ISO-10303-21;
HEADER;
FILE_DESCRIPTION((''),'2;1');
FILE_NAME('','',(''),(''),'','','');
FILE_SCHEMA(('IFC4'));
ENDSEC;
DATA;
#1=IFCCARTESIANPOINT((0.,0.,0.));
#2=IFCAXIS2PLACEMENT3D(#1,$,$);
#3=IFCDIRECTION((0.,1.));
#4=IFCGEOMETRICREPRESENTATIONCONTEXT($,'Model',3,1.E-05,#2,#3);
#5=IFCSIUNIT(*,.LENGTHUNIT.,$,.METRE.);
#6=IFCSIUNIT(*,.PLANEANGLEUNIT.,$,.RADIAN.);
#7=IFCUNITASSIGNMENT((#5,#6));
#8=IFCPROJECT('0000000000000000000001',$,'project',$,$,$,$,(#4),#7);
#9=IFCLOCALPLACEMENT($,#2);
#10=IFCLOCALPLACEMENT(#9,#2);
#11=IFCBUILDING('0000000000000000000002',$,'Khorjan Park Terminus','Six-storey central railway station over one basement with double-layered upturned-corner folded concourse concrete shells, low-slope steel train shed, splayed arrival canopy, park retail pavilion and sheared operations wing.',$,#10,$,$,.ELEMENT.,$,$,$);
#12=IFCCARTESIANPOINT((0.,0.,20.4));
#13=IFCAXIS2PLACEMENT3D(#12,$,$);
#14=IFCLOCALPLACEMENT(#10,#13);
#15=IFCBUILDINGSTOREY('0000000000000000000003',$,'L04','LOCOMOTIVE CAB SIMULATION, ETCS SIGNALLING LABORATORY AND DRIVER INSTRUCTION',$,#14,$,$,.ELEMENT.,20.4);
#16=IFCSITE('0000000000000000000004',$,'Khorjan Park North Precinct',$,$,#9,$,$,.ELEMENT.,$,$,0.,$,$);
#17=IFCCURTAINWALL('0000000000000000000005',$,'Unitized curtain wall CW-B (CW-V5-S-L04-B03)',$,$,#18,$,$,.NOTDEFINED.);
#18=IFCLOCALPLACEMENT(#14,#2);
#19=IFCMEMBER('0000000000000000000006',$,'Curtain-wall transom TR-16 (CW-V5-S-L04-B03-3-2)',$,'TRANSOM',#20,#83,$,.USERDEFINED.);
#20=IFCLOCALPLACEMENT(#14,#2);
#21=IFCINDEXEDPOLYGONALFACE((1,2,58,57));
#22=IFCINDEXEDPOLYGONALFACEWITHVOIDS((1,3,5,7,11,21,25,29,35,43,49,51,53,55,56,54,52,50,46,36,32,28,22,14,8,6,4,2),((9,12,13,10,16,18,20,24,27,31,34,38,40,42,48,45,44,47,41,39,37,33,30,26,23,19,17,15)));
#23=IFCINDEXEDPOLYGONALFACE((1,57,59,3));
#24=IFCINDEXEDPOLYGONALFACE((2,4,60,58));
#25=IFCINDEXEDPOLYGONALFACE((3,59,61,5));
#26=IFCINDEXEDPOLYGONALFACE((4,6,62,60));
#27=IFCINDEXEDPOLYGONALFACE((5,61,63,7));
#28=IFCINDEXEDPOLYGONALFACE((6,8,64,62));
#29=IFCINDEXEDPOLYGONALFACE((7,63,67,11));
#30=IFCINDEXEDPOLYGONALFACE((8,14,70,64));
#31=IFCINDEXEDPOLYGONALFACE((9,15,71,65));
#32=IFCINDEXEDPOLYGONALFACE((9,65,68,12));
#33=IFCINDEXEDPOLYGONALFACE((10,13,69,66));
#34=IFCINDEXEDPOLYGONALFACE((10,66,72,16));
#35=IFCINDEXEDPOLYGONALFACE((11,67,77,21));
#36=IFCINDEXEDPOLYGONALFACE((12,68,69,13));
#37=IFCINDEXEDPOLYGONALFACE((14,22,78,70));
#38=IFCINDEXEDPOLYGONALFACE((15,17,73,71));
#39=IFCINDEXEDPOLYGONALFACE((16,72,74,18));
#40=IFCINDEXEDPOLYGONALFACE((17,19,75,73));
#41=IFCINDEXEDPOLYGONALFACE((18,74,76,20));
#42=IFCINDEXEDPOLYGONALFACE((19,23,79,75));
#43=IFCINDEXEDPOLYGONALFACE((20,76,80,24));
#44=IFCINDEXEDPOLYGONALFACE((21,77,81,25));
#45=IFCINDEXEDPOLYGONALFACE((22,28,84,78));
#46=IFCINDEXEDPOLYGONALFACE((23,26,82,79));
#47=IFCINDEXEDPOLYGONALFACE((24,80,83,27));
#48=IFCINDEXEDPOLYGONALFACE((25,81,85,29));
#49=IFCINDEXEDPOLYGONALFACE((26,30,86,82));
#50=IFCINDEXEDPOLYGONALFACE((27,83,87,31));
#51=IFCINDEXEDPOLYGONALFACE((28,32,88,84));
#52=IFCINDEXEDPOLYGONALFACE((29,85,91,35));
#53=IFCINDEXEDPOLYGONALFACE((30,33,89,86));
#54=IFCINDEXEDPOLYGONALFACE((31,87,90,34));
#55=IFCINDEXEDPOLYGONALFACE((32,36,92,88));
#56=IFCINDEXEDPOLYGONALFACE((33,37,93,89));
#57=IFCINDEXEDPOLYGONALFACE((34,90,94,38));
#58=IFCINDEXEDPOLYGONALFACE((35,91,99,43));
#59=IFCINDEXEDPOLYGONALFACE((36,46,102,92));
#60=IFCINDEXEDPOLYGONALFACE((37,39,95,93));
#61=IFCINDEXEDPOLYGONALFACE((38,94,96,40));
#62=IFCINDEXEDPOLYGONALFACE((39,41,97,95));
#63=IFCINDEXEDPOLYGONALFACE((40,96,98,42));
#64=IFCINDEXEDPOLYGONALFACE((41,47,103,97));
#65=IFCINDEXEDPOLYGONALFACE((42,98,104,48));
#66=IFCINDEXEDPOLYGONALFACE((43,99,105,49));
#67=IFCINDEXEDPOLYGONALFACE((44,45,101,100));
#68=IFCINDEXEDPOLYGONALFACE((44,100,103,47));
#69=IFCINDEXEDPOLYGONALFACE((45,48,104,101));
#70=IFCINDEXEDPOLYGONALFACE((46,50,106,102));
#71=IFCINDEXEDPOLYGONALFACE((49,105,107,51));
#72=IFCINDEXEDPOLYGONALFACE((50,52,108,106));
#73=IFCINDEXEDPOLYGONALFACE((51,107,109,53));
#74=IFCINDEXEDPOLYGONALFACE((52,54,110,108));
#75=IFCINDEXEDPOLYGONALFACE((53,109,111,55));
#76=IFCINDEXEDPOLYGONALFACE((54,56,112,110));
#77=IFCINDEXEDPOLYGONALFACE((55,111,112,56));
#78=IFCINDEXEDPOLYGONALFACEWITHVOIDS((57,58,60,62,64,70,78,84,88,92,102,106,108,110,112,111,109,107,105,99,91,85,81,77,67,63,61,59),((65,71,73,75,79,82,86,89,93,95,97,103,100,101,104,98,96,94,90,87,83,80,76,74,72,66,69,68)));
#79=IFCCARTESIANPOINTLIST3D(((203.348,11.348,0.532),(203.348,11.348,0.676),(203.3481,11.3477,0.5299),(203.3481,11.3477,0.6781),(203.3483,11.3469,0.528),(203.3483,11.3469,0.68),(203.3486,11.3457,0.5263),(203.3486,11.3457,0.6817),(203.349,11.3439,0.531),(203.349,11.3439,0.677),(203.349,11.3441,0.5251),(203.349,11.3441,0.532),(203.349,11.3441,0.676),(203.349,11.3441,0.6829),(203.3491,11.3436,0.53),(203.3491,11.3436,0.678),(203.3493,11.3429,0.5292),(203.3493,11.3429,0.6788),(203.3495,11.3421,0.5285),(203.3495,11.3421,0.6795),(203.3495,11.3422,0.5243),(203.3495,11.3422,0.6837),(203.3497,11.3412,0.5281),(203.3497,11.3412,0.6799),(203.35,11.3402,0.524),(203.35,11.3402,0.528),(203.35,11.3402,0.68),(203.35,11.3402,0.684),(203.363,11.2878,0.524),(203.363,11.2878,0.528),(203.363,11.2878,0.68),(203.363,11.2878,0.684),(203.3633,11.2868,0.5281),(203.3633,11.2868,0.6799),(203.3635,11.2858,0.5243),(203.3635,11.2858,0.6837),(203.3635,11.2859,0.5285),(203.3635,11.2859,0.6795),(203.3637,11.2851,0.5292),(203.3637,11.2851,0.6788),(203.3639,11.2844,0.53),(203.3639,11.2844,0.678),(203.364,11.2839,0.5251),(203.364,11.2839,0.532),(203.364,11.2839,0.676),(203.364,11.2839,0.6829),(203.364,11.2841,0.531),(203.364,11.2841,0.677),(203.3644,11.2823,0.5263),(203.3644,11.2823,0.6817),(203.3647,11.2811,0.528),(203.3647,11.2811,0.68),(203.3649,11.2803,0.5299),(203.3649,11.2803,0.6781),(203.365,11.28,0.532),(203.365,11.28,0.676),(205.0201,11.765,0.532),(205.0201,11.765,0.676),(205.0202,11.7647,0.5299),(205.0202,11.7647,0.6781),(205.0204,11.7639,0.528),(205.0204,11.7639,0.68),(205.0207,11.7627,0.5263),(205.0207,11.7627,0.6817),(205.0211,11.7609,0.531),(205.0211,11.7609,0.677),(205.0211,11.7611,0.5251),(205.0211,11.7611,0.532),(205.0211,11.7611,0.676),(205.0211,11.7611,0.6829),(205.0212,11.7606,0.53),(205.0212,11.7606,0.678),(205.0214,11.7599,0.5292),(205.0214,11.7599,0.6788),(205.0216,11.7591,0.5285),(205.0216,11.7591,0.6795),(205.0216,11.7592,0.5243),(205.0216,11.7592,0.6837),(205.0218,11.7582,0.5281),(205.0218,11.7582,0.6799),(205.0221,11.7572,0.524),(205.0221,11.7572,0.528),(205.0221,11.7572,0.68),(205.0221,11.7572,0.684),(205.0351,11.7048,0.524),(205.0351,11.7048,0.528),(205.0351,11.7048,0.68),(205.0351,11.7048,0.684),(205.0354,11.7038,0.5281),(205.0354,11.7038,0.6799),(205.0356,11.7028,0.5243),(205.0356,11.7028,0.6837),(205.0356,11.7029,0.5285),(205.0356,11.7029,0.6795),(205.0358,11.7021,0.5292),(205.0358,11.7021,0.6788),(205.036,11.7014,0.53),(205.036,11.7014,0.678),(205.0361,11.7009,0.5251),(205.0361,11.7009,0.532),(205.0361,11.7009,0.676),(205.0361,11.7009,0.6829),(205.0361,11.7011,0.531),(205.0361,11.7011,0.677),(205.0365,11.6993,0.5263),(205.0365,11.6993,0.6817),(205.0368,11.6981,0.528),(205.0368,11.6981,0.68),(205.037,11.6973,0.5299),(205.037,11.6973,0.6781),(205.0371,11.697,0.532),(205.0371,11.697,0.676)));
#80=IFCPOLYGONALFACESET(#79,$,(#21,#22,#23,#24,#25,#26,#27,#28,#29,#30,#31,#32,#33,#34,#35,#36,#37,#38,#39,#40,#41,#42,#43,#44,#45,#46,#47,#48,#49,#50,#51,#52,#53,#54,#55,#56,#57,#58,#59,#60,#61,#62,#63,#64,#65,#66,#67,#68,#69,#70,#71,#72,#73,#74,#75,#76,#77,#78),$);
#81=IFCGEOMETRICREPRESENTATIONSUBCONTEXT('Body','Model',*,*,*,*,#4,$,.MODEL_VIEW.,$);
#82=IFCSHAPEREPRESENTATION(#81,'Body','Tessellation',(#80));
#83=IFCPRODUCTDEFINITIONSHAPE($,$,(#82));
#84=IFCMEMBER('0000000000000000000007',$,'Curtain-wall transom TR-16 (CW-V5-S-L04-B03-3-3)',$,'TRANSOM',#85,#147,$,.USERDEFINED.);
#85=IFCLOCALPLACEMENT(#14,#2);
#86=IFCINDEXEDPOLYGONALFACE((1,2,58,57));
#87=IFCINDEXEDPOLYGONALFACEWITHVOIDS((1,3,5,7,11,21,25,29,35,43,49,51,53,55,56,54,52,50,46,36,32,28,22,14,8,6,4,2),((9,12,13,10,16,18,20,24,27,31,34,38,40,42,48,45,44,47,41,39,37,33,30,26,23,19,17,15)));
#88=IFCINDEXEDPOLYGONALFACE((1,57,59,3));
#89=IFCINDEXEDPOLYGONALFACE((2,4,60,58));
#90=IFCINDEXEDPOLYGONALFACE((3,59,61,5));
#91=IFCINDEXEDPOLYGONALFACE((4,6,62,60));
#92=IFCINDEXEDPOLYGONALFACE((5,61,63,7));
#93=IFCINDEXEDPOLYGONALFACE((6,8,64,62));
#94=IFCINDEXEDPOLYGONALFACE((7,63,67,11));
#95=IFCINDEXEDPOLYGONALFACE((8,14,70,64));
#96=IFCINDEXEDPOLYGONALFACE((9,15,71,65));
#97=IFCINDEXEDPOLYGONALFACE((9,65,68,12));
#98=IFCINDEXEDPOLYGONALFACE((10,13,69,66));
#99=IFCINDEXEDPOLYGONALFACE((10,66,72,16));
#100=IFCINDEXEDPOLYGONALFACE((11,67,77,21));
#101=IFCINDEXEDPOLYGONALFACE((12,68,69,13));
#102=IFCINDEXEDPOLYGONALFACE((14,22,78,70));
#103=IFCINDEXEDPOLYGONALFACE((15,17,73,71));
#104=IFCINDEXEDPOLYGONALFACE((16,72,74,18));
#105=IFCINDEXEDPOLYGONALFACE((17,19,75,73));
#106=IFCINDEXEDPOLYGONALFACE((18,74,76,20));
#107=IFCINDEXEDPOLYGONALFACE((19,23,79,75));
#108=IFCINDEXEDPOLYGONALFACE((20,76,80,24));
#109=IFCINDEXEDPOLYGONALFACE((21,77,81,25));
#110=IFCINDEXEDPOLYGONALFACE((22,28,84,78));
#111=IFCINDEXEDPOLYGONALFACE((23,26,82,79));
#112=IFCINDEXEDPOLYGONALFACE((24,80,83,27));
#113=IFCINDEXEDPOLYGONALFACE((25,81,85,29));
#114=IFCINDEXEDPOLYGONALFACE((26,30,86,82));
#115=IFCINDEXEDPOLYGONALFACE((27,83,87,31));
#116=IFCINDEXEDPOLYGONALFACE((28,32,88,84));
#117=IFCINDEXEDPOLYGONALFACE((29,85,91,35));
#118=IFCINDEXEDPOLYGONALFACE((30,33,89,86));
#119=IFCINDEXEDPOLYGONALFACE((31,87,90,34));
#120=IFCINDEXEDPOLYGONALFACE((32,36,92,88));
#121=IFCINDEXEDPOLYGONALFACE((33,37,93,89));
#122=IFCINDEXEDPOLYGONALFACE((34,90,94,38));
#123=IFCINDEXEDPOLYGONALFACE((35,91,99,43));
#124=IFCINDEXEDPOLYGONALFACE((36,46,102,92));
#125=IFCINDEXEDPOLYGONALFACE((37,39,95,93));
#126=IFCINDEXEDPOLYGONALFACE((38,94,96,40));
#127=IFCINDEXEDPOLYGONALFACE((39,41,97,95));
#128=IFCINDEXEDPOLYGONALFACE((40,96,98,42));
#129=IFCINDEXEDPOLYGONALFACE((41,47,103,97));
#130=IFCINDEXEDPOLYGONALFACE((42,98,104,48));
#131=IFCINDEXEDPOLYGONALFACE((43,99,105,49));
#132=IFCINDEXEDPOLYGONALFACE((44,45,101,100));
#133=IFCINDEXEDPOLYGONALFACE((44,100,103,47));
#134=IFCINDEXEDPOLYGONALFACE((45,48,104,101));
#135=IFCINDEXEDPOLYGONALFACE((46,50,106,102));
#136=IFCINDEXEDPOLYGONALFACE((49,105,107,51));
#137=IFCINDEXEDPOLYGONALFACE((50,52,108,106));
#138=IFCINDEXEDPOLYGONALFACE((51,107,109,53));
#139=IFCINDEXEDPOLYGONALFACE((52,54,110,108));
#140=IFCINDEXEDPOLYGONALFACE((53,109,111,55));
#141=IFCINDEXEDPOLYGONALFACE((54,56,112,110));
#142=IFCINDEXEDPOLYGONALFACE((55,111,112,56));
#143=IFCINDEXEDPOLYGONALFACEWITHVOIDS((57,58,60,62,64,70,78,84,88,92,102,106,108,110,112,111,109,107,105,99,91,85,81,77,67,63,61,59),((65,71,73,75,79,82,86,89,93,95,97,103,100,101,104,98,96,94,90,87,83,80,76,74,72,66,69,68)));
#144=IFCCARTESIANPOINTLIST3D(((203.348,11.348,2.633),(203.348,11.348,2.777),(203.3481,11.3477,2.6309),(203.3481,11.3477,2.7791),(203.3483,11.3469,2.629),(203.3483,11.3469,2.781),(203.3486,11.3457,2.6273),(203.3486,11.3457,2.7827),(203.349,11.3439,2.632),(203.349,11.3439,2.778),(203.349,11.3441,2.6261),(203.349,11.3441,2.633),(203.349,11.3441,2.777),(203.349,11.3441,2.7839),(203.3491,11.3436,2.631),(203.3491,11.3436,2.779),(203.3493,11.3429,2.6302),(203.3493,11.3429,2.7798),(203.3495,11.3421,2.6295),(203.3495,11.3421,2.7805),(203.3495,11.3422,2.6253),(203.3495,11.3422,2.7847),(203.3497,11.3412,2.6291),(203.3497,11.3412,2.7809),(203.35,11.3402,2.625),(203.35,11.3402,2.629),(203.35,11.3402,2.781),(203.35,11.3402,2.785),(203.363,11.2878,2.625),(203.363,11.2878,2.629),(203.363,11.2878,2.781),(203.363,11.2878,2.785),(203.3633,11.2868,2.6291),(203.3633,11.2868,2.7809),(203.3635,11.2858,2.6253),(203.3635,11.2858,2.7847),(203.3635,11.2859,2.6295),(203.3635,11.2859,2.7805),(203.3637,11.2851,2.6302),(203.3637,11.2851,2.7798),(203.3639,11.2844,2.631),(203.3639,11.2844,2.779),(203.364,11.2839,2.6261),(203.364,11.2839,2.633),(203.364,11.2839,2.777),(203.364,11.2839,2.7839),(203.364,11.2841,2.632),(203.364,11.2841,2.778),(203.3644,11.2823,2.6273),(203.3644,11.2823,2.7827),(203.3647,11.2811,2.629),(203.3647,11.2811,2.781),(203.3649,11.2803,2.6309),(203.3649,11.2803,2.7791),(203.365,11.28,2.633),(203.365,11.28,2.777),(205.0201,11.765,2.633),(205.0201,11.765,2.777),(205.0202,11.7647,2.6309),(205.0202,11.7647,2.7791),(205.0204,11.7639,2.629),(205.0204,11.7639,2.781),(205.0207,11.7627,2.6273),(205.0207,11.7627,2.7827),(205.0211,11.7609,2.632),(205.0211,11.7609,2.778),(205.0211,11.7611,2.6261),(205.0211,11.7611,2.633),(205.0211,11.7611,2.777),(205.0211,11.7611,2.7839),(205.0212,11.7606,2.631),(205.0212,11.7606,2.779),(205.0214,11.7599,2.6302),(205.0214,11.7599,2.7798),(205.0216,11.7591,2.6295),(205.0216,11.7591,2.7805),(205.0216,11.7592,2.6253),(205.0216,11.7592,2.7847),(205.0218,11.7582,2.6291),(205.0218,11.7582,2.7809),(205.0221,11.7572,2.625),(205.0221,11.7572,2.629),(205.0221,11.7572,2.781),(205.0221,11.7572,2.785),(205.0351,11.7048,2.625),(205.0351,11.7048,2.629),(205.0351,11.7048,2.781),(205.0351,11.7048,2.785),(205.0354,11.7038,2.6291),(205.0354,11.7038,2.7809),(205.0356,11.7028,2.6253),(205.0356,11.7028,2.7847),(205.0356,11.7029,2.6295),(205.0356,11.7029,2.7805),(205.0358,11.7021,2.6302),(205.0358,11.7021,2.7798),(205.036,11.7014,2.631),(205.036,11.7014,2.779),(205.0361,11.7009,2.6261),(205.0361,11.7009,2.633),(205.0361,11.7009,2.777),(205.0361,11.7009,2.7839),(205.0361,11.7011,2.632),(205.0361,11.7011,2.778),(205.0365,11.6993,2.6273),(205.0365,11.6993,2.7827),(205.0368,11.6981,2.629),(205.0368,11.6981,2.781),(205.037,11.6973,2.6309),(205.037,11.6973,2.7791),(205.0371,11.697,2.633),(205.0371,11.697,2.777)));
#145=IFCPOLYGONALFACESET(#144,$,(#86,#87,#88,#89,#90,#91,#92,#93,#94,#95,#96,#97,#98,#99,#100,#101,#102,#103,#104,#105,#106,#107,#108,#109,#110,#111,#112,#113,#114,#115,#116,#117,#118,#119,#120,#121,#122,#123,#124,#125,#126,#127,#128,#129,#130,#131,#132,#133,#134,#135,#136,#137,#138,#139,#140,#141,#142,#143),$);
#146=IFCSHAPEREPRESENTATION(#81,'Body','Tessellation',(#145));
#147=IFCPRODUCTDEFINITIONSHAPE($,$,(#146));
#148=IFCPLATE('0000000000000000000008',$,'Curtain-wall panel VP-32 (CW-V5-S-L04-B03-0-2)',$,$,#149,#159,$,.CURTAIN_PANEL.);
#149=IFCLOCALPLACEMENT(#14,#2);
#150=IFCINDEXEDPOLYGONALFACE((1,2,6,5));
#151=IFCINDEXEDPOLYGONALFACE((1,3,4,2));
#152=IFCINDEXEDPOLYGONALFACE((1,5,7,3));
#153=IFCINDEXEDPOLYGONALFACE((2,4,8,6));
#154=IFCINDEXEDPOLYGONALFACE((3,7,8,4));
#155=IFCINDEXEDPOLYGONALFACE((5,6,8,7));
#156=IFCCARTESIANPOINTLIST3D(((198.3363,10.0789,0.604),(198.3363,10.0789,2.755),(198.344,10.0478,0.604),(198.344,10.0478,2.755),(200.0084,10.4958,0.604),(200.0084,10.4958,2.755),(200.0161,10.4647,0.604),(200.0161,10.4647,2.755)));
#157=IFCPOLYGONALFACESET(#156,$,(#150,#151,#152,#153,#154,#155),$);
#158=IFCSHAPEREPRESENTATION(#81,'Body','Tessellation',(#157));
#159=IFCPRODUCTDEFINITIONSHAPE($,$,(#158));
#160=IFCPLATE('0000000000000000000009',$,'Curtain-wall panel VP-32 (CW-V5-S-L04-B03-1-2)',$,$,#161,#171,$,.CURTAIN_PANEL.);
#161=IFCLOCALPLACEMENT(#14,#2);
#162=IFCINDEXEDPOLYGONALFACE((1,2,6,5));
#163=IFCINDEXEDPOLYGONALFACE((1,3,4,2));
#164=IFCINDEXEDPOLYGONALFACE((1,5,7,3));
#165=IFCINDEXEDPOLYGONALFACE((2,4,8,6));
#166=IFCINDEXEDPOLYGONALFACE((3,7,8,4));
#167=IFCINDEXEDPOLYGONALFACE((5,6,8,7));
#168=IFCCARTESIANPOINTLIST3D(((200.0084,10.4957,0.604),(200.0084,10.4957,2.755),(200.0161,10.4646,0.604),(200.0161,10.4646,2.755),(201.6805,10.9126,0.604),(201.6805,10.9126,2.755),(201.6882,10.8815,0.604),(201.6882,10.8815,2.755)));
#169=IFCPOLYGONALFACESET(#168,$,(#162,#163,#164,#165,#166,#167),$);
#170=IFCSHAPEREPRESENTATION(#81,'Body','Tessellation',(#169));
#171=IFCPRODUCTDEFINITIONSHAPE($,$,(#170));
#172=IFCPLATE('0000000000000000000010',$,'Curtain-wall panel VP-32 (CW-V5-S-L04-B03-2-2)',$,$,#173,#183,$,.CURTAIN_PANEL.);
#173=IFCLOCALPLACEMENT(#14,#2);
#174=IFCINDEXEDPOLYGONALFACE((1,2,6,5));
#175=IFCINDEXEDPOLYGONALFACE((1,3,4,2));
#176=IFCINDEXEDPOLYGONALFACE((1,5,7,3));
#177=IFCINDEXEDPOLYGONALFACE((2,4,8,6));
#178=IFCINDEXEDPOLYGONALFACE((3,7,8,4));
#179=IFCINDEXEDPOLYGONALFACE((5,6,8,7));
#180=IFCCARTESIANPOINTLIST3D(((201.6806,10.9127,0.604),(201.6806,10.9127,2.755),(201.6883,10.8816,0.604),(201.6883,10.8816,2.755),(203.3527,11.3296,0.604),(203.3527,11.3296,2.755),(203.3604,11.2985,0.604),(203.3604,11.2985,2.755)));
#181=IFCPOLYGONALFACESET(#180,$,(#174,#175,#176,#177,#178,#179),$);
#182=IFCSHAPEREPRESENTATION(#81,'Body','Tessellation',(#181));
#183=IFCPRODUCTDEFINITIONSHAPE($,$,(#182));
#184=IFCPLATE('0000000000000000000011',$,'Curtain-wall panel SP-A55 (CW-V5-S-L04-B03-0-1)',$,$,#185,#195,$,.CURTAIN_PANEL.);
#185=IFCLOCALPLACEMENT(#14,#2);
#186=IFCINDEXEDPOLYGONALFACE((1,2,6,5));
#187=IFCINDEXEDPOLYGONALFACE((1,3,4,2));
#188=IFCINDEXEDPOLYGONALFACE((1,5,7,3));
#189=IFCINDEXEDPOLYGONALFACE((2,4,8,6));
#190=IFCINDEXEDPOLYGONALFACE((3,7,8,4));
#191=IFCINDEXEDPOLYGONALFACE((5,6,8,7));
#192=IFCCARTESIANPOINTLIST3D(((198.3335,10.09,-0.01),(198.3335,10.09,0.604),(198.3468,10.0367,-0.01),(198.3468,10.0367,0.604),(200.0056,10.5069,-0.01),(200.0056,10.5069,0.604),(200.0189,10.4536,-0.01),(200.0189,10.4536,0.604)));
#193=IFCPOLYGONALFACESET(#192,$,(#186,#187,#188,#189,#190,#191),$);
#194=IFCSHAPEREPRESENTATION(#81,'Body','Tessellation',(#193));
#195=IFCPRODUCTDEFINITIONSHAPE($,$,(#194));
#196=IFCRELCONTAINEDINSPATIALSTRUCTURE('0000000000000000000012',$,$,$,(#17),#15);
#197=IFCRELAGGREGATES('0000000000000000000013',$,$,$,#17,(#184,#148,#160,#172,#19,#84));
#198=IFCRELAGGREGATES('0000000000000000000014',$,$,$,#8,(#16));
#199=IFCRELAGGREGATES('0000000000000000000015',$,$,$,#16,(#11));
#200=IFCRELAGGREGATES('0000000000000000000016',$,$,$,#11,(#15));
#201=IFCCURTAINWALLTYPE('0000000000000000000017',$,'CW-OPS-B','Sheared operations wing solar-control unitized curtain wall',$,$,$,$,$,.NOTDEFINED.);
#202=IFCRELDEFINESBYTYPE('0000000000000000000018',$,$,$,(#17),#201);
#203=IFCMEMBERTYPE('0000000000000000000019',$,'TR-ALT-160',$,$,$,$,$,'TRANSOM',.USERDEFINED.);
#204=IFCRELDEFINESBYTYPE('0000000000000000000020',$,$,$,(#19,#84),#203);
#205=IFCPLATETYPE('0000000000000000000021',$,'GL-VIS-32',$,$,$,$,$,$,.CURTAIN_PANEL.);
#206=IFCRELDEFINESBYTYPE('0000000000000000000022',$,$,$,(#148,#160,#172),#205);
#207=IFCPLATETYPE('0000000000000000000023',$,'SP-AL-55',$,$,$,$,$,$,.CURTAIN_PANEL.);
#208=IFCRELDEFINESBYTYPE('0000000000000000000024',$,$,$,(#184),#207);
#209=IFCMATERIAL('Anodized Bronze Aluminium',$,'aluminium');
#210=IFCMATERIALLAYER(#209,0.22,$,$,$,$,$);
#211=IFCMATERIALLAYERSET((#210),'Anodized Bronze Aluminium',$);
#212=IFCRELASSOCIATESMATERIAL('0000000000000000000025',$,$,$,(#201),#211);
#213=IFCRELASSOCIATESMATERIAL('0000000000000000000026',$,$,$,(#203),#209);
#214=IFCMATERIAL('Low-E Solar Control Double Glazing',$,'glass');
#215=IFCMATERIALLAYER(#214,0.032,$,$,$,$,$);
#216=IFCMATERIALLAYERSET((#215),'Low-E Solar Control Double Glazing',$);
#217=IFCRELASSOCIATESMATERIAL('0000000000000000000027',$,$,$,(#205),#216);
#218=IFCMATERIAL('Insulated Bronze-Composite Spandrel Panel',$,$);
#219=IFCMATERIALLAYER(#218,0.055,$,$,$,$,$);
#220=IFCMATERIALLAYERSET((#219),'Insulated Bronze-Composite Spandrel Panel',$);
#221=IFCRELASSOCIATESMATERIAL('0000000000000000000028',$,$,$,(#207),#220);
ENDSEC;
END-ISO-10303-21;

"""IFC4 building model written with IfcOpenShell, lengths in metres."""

from ifc_helpers import new_model, si_unit, direction, frame, origin, origin_2d, place, context, subcontext, project, spatial, rectangle, hollow_rectangle, extrude, material, layer, layer_set, material_profile, profile_set, type_object, element, aggregate, save


model = new_model("IFC4")

# Units and contexts
model_context = context("Model", 3, precision=1e-05, world=origin(), true_north=direction((0.0, 1.0)))
body_context = subcontext(model_context, "Body", "Model", "MODEL_VIEW")
ifc_project = project(units=[si_unit("LENGTHUNIT", "METRE"), si_unit("PLANEANGLEUNIT", "RADIAN")], contexts=[model_context])

# Site, building, storey
site_placement = place(None, origin())
site = spatial("IfcSite", under=ifc_project, at=site_placement, Name="Khorjan Park North Precinct", CompositionType="ELEMENT", RefElevation=0.0)
building_placement = place(site_placement, origin())
building = spatial("IfcBuilding", under=site, at=building_placement, Name="Khorjan Park Terminus", Description="Six-storey central railway station over one basement with double-layered upturned-corner folded concourse concrete shells, low-slope steel train shed, splayed arrival canopy, park retail pavilion and sheared operations wing.", CompositionType="ELEMENT")
storey_placement = place(building_placement, frame((0.0, 0.0, 20.4)))
storey = spatial("IfcBuildingStorey", under=building, at=storey_placement, Name="L04", Description="LOCOMOTIVE CAB SIMULATION, ETCS SIGNALLING LABORATORY AND DRIVER INSTRUCTION", CompositionType="ELEMENT", Elevation=20.4)

# Curtain wall, members, plates
ifc_material_1 = material(Name="Anodized Bronze Aluminium", Category="aluminium")
ifc_layer_1 = layer(ifc_material_1, 0.22)
ifc_layer_set_1 = layer_set([ifc_layer_1], Name="Anodized Bronze Aluminium")
curtain_wall_type = type_object("IfcCurtainWallType", Name="CW-OPS-B", Description="Sheared operations wing solar-control unitized curtain wall", PredefinedType="NOTDEFINED", material=ifc_layer_set_1)
curtain_wall_placement = place(storey_placement, origin())
curtain_wall = element("IfcCurtainWall", 1, at=curtain_wall_placement, inside=storey, type_object=curtain_wall_type, Name="Unitized curtain wall CW-B (CW-V5-S-L04-B03)", PredefinedType="NOTDEFINED")
ifc_material_profile_1 = material_profile(ifc_material_1, hollow_rectangle(XDim=0.07, YDim=0.16, WallThickness=0.004, InnerFilletRadius=0.004, OuterFilletRadius=0.008, at=origin_2d()), Name="ALT 70x160x4")
ifc_profile_set_1 = profile_set([ifc_material_profile_1], Name="Anodized Bronze Aluminium")
member_type_1 = type_object("IfcMemberType", Name="TR-ALT-160", ElementType="TRANSOM", PredefinedType="USERDEFINED", material=ifc_profile_set_1)
member_1_placement = place(storey_placement, frame((203.3565, 11.314, 0.604), z_axis=(0.970282, 0.241976, 0.0), x_axis=(-0.241976, 0.970282, 0.0)))
member_1 = element("IfcMember", 2, at=member_1_placement, type_object=member_type_1, Name="Curtain-wall transom TR-16 (CW-V5-S-L04-B03-3-2)", ObjectType="TRANSOM", PredefinedType="USERDEFINED", context=body_context, shape_type="SweptSolid", body=[
    extrude(hollow_rectangle(XDim=0.07, YDim=0.16, WallThickness=0.004, InnerFilletRadius=0.004, OuterFilletRadius=0.008, at=origin_2d()), origin(), (0.0, 0.0, 1.0), 1.7233),
])
member_2_placement = place(storey_placement, frame((203.3565, 11.314, 2.705), z_axis=(0.970282, 0.241976, 0.0), x_axis=(-0.241976, 0.970282, 0.0)))
member_2 = element("IfcMember", 3, at=member_2_placement, type_object=member_type_1, Name="Curtain-wall transom TR-16 (CW-V5-S-L04-B03-3-3)", ObjectType="TRANSOM", PredefinedType="USERDEFINED", context=body_context, shape_type="SweptSolid", body=[
    extrude(hollow_rectangle(XDim=0.07, YDim=0.16, WallThickness=0.004, InnerFilletRadius=0.004, OuterFilletRadius=0.008, at=origin_2d()), origin(), (0.0, 0.0, 1.0), 1.7233),
])
ifc_material_2 = material(Name="Low-E Solar Control Double Glazing", Category="glass")
ifc_layer_2 = layer(ifc_material_2, 0.032)
ifc_layer_set_2 = layer_set([ifc_layer_2], Name="Low-E Solar Control Double Glazing")
plate_type_1 = type_object("IfcPlateType", Name="GL-VIS-32", PredefinedType="CURTAIN_PANEL", material=ifc_layer_set_2)
plate_1_placement = place(storey_placement, frame((199.1762, 10.2718, 0.604), z_axis=(0.0, 0.0, 1.0), x_axis=(0.970295, 0.241926, 0.0)))
plate_1 = element("IfcPlate", 4, at=plate_1_placement, type_object=plate_type_1, Name="Curtain-wall panel VP-32 (CW-V5-S-L04-B03-0-2)", PredefinedType="CURTAIN_PANEL", context=body_context, shape_type="SweptSolid", body=[
    extrude(rectangle(XDim=1.7233, YDim=0.032, at=origin_2d()), origin(), (0.0, 0.0, 1.0), 2.151),
])
plate_2_placement = place(storey_placement, frame((200.8483, 10.6886, 0.604), z_axis=(0.0, 0.0, 1.0), x_axis=(0.970295, 0.241926, 0.0)))
plate_2 = element("IfcPlate", 5, at=plate_2_placement, type_object=plate_type_1, Name="Curtain-wall panel VP-32 (CW-V5-S-L04-B03-1-2)", PredefinedType="CURTAIN_PANEL", context=body_context, shape_type="SweptSolid", body=[
    extrude(rectangle(XDim=1.7233, YDim=0.032, at=origin_2d()), origin(), (0.0, 0.0, 1.0), 2.151),
])
plate_3_placement = place(storey_placement, frame((202.5205, 11.1056, 0.604), z_axis=(0.0, 0.0, 1.0), x_axis=(0.970295, 0.241926, 0.0)))
plate_3 = element("IfcPlate", 6, at=plate_3_placement, type_object=plate_type_1, Name="Curtain-wall panel VP-32 (CW-V5-S-L04-B03-2-2)", PredefinedType="CURTAIN_PANEL", context=body_context, shape_type="SweptSolid", body=[
    extrude(rectangle(XDim=1.7233, YDim=0.032, at=origin_2d()), origin(), (0.0, 0.0, 1.0), 2.151),
])
ifc_material_3 = material(Name="Insulated Bronze-Composite Spandrel Panel")
ifc_layer_3 = layer(ifc_material_3, 0.055)
ifc_layer_set_3 = layer_set([ifc_layer_3], Name="Insulated Bronze-Composite Spandrel Panel")
plate_type_2 = type_object("IfcPlateType", Name="SP-AL-55", PredefinedType="CURTAIN_PANEL", material=ifc_layer_set_3)
plate_4_placement = place(storey_placement, frame((199.1762, 10.2718, -0.01), z_axis=(0.0, 0.0, 1.0), x_axis=(0.970295, 0.241926, 0.0)))
plate_4 = element("IfcPlate", 7, at=plate_4_placement, type_object=plate_type_2, Name="Curtain-wall panel SP-A55 (CW-V5-S-L04-B03-0-1)", PredefinedType="CURTAIN_PANEL", context=body_context, shape_type="SweptSolid", body=[
    extrude(rectangle(XDim=1.7233, YDim=0.055, at=origin_2d()), origin(), (0.0, 0.0, 1.0), 0.614),
])
aggregate(curtain_wall, [plate_4, plate_1, plate_2, plate_3, member_1, member_2])

save(model, "model.ifc")
